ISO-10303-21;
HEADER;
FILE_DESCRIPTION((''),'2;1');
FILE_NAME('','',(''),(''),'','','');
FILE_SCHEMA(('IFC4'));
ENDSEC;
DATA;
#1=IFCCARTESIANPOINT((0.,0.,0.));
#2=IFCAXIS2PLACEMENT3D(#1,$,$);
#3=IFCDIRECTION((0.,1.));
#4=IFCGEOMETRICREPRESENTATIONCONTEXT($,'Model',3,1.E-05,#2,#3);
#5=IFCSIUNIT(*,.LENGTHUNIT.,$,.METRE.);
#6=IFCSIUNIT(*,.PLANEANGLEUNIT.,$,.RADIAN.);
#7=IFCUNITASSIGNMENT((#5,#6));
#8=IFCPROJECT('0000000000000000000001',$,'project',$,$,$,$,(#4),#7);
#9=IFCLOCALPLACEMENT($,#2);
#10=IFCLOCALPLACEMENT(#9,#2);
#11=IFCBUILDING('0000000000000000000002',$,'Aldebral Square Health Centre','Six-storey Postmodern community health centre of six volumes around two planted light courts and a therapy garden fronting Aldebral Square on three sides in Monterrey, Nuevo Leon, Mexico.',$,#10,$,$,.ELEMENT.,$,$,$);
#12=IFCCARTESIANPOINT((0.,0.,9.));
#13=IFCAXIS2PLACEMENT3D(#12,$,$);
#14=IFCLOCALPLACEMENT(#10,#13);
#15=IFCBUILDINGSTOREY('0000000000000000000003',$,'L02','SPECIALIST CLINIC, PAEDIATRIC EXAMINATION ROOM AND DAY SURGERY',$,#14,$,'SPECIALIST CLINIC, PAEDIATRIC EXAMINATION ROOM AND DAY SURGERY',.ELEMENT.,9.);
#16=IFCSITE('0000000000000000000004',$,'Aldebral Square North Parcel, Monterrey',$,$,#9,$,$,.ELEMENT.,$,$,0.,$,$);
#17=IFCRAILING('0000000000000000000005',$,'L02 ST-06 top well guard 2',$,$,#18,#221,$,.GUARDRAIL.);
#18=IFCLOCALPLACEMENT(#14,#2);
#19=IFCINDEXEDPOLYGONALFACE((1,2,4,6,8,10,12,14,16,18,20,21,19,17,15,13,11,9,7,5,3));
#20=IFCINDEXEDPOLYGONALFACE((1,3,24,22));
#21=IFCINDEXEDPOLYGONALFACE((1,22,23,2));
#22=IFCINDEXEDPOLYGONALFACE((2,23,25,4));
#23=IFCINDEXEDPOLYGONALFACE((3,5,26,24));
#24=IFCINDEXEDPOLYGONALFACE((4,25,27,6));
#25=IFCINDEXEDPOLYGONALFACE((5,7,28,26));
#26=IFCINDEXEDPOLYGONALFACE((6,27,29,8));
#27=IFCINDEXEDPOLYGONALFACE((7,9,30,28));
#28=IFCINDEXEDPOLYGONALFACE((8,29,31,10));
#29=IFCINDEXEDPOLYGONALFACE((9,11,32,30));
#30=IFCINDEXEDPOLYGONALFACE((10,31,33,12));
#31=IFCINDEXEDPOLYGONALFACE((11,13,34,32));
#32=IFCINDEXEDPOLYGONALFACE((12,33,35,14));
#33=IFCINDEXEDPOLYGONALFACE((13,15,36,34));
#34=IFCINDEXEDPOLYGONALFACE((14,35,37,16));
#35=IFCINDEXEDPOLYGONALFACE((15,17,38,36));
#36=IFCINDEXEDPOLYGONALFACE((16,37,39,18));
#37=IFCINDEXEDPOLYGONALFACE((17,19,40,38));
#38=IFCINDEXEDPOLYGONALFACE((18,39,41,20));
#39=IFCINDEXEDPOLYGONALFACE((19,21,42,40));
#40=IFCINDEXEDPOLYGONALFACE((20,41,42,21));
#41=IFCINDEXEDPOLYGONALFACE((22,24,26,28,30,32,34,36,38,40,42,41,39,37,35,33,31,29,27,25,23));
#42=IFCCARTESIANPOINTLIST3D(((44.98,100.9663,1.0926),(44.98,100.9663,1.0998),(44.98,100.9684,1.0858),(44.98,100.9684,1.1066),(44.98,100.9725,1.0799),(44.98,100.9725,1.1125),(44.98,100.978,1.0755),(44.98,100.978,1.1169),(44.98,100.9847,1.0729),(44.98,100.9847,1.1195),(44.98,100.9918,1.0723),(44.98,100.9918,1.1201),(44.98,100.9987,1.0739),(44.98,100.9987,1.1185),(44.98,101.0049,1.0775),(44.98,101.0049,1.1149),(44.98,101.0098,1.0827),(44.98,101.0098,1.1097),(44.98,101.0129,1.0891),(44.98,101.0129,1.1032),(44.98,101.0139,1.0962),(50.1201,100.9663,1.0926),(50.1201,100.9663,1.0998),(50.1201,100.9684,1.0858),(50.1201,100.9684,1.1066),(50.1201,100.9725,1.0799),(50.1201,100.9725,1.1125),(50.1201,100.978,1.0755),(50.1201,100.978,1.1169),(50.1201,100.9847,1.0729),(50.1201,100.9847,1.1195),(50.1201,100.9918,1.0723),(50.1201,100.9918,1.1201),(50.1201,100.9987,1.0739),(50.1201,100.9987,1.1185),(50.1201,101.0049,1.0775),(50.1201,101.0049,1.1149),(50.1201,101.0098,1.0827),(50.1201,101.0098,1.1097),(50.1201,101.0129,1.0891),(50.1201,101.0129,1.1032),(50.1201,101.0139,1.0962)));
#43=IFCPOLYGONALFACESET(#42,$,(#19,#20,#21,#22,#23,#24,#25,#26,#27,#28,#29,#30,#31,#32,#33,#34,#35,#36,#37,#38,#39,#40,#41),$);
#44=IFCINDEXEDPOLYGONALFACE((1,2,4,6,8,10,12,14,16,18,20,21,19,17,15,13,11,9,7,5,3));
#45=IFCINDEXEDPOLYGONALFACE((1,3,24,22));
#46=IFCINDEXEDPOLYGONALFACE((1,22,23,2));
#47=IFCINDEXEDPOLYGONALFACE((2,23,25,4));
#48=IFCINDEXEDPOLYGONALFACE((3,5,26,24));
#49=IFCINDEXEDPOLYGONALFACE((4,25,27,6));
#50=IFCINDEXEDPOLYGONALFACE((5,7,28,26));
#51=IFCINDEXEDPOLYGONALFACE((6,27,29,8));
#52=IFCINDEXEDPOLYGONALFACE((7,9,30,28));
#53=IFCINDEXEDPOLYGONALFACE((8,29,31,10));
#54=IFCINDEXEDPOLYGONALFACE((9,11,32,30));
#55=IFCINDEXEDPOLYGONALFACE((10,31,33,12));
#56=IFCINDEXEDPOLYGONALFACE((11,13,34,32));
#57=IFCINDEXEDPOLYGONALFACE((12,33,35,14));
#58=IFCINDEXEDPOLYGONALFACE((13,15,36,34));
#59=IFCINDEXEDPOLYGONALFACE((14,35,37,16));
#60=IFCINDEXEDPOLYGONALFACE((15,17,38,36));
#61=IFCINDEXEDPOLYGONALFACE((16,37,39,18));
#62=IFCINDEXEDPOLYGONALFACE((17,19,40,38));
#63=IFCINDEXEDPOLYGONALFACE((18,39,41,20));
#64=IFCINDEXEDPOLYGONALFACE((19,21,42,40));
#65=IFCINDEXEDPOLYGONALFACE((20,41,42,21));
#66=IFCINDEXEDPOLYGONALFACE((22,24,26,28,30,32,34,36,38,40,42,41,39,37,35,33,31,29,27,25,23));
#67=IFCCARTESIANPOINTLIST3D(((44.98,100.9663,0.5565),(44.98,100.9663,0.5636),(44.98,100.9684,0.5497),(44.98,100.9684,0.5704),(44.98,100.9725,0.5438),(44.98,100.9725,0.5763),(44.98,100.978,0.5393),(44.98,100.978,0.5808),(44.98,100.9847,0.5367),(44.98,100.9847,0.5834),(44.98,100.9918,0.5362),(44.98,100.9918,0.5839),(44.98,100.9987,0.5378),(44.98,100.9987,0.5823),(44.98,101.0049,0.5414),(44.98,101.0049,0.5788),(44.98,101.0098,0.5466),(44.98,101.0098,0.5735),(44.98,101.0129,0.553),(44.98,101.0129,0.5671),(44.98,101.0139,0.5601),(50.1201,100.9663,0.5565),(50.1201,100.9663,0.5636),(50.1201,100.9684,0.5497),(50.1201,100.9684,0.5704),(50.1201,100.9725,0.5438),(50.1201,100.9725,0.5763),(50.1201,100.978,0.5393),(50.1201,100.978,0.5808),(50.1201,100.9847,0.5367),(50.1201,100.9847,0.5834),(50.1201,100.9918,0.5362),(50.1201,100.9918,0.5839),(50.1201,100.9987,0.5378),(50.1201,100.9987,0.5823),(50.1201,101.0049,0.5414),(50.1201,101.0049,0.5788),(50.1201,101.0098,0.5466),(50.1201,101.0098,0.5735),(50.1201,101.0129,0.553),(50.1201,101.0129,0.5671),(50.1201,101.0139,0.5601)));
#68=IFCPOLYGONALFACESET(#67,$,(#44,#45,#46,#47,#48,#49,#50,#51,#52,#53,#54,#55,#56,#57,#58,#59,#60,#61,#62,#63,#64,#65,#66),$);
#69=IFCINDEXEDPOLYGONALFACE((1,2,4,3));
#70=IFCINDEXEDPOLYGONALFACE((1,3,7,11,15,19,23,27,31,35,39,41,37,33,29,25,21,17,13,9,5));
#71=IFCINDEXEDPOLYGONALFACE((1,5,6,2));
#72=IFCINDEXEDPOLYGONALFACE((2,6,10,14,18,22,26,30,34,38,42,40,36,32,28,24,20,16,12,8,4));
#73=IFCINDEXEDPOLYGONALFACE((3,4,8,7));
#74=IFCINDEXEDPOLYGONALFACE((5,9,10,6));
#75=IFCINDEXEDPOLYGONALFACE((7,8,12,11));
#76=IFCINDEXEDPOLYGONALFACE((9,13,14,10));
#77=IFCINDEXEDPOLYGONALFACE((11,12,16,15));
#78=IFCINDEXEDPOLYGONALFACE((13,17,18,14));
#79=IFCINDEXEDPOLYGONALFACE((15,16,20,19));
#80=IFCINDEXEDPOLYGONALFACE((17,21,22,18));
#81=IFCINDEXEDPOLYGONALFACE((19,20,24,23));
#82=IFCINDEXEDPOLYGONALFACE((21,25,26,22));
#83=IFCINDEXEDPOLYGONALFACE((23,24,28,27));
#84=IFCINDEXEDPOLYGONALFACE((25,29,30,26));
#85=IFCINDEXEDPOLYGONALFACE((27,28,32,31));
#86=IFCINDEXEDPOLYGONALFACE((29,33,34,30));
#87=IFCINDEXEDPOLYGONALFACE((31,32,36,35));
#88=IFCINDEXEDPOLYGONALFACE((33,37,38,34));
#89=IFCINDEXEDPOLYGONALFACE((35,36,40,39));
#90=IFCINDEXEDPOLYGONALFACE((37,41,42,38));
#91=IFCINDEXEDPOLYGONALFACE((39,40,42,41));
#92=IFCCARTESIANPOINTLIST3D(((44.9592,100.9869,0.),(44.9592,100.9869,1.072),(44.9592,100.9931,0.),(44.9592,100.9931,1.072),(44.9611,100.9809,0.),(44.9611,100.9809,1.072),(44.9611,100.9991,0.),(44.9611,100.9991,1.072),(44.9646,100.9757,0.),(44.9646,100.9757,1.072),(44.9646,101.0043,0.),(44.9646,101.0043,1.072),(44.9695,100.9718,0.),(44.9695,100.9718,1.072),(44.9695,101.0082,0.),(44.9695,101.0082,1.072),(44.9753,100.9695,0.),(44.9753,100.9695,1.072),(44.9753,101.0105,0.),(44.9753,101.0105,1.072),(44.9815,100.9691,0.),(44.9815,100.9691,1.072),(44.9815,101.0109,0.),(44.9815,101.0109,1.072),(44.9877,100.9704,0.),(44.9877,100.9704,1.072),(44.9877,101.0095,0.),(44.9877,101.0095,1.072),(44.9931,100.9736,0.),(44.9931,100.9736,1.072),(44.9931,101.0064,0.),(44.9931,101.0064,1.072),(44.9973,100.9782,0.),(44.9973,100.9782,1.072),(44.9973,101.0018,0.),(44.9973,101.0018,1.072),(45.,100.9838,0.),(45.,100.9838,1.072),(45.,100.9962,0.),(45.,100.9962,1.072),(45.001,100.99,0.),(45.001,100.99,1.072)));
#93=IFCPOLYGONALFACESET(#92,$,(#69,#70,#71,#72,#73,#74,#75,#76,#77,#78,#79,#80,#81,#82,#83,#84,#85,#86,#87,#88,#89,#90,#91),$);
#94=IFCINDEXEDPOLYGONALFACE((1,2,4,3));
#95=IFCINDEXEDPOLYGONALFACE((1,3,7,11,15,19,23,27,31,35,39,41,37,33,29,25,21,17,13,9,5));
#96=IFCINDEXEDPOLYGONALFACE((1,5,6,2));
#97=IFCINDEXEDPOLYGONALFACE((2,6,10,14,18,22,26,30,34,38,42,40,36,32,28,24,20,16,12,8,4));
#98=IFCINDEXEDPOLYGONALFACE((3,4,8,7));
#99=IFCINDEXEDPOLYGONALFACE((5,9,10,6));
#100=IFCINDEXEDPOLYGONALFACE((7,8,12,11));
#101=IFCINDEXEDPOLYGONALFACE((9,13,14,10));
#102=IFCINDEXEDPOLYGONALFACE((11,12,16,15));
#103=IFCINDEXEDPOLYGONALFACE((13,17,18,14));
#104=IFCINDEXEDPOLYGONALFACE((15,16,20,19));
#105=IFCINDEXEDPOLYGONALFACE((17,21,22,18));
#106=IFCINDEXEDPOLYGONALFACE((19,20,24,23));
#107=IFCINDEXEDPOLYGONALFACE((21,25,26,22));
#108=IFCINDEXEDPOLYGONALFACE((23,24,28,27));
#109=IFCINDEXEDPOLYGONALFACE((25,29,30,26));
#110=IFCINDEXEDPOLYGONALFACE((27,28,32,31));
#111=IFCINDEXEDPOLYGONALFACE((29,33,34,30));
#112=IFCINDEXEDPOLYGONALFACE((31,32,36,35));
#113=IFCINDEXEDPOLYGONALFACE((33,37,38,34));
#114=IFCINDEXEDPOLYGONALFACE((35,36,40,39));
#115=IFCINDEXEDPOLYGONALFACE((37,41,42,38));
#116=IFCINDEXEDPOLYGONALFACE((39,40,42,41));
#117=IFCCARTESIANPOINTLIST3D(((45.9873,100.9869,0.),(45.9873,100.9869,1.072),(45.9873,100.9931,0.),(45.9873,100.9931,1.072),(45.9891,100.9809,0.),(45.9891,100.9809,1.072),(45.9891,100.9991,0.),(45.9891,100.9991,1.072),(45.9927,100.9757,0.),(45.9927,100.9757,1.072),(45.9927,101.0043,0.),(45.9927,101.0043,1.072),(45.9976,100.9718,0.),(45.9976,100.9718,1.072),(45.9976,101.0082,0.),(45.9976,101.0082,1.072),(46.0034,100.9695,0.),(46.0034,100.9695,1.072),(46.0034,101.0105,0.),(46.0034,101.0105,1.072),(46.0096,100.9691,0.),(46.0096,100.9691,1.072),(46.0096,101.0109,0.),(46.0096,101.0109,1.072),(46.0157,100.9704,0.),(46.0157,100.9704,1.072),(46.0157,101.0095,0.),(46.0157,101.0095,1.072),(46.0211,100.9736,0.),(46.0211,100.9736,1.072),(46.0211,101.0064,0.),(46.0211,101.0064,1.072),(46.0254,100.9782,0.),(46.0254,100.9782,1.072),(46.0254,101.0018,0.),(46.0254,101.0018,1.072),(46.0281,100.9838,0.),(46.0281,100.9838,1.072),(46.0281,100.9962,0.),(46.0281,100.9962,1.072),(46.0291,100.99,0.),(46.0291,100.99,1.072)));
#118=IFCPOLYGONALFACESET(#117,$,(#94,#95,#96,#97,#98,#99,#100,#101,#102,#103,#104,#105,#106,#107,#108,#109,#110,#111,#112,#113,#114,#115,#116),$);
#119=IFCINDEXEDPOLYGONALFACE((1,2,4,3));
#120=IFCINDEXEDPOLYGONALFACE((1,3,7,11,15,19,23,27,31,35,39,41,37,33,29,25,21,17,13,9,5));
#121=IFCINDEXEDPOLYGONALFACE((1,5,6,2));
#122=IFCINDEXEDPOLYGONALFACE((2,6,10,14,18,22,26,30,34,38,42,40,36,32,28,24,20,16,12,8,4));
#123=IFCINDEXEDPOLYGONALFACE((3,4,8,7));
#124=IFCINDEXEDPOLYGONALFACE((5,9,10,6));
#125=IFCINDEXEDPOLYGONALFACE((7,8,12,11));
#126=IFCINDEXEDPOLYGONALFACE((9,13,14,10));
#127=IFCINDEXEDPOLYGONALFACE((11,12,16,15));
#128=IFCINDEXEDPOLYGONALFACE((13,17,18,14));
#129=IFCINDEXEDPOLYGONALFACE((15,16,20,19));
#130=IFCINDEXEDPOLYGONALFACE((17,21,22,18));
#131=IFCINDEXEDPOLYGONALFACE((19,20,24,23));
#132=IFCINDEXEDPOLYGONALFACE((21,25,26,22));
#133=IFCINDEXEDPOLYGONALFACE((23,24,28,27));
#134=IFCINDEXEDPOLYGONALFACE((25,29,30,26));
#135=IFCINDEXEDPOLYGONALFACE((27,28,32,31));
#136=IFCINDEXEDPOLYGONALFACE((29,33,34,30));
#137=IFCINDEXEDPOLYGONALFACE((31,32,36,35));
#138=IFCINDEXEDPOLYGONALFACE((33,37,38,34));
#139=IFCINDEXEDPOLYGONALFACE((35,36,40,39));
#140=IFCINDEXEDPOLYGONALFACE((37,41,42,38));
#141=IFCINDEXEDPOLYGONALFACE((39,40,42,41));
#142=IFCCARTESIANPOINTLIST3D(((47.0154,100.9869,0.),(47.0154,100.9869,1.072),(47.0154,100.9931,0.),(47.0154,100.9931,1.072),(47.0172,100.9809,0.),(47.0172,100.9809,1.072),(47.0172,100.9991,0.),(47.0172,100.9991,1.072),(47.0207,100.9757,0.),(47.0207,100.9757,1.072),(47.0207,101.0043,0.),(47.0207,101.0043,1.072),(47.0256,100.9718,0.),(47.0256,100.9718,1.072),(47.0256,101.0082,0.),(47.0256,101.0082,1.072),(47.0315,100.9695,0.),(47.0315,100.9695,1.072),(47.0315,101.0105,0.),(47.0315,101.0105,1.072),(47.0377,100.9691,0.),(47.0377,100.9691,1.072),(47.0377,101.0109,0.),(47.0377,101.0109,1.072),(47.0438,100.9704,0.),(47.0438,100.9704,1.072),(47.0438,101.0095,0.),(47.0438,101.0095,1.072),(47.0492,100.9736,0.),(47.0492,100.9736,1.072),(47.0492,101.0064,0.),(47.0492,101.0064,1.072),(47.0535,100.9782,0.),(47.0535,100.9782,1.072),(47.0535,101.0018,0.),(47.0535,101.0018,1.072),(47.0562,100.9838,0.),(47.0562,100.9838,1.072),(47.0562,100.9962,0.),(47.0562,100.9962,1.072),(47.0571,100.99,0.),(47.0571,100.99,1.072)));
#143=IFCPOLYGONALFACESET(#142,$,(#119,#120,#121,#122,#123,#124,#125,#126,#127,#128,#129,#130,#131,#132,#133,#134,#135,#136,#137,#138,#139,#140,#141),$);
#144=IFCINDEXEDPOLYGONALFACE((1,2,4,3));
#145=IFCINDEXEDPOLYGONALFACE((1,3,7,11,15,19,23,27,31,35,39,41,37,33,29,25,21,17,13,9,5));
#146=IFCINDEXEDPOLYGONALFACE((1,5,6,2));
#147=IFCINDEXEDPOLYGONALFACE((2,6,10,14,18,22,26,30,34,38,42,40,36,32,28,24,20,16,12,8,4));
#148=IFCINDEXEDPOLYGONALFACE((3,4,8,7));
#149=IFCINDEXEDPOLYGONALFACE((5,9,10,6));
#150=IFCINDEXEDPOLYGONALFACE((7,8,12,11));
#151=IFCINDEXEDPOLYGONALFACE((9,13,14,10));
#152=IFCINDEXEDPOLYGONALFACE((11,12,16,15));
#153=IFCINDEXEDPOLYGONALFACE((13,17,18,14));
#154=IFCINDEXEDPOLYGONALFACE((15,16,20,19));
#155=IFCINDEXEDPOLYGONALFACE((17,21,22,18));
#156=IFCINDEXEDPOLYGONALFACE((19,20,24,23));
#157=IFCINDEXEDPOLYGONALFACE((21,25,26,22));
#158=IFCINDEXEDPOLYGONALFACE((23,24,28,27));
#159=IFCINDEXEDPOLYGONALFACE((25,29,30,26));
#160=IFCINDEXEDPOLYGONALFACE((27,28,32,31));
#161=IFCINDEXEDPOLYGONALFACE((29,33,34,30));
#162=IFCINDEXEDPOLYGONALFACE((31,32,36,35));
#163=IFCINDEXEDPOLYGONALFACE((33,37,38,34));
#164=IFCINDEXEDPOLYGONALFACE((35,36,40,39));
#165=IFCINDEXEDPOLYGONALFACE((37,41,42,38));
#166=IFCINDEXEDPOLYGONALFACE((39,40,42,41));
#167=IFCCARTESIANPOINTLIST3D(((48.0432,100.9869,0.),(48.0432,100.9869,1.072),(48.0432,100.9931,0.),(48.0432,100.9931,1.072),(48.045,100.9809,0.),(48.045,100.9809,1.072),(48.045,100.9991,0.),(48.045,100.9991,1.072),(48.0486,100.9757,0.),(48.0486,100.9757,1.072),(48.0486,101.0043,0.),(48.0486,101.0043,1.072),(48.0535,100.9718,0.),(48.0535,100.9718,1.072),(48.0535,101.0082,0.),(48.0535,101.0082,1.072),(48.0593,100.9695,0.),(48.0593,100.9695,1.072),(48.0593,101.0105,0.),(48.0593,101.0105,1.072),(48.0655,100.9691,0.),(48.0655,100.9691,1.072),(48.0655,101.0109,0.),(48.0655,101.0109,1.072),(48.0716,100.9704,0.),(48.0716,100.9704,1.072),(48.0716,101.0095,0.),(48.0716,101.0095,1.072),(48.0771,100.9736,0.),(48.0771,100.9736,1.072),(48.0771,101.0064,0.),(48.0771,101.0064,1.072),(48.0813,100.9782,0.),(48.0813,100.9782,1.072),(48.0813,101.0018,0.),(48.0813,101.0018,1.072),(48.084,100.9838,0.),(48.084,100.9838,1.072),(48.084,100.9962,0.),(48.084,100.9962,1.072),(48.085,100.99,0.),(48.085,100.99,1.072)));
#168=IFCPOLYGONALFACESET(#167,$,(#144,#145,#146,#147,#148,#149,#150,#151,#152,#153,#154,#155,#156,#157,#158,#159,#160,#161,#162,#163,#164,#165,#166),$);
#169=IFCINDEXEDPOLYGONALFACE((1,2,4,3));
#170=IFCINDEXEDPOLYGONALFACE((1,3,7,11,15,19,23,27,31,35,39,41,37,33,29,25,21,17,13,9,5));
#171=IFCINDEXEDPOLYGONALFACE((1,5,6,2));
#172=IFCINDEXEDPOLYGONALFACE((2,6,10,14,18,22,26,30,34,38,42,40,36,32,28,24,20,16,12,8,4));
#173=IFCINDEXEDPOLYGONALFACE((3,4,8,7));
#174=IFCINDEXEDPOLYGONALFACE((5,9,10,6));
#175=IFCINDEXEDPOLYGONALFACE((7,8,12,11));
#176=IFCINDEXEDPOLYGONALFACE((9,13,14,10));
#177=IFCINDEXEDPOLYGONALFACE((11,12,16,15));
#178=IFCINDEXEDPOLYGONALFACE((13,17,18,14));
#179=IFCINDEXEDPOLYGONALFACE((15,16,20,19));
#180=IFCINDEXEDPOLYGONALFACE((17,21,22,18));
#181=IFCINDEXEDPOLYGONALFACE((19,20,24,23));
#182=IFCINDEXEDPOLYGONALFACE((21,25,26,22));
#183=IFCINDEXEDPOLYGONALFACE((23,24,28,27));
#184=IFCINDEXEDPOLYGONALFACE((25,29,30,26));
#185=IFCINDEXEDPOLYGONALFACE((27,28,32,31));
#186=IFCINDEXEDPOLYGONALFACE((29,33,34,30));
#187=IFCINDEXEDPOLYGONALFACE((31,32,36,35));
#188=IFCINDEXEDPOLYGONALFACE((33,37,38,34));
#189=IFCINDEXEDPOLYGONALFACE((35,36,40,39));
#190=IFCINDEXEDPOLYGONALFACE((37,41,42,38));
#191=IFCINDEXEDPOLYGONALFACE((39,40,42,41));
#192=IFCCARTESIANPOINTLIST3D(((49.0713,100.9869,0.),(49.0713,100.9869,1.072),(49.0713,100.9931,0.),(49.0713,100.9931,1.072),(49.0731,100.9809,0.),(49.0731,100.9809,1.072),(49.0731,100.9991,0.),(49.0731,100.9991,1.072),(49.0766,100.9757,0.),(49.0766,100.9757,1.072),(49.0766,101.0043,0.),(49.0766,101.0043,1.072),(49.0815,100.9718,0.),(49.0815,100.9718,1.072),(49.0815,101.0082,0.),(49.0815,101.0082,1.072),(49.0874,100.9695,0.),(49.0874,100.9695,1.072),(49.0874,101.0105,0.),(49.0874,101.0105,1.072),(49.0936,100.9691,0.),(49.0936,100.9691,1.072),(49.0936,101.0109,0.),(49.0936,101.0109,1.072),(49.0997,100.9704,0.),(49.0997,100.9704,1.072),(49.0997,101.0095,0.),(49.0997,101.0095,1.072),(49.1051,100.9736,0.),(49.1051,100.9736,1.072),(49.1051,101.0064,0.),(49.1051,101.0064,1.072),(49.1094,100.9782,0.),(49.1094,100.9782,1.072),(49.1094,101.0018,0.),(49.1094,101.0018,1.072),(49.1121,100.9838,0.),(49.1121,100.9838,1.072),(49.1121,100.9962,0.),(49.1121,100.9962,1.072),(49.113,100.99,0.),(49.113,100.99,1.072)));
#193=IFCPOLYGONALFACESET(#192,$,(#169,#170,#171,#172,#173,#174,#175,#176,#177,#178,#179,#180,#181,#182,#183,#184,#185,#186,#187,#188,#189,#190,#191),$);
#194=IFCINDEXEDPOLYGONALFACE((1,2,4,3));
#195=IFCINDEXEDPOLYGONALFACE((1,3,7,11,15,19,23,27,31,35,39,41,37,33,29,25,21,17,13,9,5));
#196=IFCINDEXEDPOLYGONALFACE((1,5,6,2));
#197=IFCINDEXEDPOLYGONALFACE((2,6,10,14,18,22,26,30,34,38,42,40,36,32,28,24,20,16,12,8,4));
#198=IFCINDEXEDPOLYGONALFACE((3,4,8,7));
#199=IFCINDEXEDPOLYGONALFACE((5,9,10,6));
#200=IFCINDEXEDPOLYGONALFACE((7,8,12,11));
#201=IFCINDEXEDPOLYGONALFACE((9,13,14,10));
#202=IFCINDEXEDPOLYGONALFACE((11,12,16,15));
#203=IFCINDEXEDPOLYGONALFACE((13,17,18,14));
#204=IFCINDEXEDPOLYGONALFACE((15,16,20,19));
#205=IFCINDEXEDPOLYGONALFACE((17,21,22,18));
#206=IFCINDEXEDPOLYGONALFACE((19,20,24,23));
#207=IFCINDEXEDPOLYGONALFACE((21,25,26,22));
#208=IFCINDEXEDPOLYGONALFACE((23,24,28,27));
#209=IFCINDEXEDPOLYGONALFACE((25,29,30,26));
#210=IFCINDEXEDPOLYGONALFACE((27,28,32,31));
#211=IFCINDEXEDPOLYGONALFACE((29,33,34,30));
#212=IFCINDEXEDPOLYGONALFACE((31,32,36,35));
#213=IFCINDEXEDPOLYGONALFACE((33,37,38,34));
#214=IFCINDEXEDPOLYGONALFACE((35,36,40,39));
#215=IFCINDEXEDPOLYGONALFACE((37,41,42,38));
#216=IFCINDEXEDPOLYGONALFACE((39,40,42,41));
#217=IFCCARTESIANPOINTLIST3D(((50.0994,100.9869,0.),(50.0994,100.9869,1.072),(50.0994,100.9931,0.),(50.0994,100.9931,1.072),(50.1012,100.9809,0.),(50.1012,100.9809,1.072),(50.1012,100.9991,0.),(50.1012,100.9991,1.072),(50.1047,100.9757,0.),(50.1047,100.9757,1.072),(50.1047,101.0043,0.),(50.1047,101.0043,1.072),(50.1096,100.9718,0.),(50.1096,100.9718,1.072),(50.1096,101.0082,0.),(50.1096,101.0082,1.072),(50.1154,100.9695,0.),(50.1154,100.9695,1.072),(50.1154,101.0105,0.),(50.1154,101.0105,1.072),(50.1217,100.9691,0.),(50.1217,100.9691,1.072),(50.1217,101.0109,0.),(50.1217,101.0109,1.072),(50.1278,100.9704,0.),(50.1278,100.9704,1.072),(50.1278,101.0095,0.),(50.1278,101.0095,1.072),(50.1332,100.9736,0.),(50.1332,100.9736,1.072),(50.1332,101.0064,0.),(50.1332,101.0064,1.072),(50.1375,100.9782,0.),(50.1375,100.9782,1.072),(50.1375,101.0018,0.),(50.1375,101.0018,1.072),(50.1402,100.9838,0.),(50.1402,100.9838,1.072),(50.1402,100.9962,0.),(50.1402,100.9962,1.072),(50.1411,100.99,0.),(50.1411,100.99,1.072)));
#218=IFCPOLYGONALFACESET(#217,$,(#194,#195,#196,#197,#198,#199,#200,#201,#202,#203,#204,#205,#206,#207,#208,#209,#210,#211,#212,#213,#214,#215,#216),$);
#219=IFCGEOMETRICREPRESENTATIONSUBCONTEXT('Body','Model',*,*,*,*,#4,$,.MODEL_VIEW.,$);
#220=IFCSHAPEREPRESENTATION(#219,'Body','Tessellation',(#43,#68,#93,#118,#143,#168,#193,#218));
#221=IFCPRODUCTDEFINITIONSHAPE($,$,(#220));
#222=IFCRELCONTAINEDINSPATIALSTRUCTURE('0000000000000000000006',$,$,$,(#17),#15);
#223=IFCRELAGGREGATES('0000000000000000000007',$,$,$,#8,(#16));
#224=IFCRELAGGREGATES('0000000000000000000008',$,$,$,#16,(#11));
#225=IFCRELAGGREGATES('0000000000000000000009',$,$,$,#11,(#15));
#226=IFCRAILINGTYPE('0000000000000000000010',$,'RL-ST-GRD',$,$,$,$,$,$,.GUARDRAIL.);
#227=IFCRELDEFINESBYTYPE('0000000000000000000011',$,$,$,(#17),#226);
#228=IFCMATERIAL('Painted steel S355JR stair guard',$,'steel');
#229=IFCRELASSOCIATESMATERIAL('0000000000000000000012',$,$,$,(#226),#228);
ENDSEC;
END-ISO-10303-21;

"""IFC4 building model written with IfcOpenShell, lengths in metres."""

from ifc_helpers import new_model, si_unit, direction, frame, origin, origin_2d, place, context, subcontext, project, spatial, circle, extrude, material, type_object, element, save


model = new_model("IFC4")

# Units and contexts
model_context = context("Model", 3, precision=1e-05, world=origin(), true_north=direction((0.0, 1.0)))
body_context = subcontext(model_context, "Body", "Model", "MODEL_VIEW")
ifc_project = project(units=[si_unit("LENGTHUNIT", "METRE"), si_unit("PLANEANGLEUNIT", "RADIAN")], contexts=[model_context])

# Site, building, storey
site_placement = place(None, origin())
site = spatial("IfcSite", under=ifc_project, at=site_placement, Name="Aldebral Square North Parcel, Monterrey", CompositionType="ELEMENT", RefElevation=0.0)
building_placement = place(site_placement, origin())
building = spatial("IfcBuilding", under=site, at=building_placement, Name="Aldebral Square Health Centre", Description="Six-storey Postmodern community health centre of six volumes around two planted light courts and a therapy garden fronting Aldebral Square on three sides in Monterrey, Nuevo Leon, Mexico.", CompositionType="ELEMENT")
storey_placement = place(building_placement, frame((0.0, 0.0, 9.0)))
storey = spatial("IfcBuildingStorey", under=building, at=storey_placement, Name="L02", Description="SPECIALIST CLINIC, PAEDIATRIC EXAMINATION ROOM AND DAY SURGERY", LongName="SPECIALIST CLINIC, PAEDIATRIC EXAMINATION ROOM AND DAY SURGERY", CompositionType="ELEMENT", Elevation=9.0)

# Railing
ifc_material_1 = material(Name="Painted steel S355JR stair guard", Category="steel")
railing_type = type_object("IfcRailingType", Name="RL-ST-GRD", PredefinedType="GUARDRAIL", material=ifc_material_1)
railing_1_placement = place(storey_placement, frame((44.98, 100.99, 0.0)))
element("IfcRailing", 1, at=railing_1_placement, inside=storey, type_object=railing_type, Name="L02 ST-06 top well guard 2", PredefinedType="GUARDRAIL", context=body_context, shape_type="SweptSolid", body=[
    extrude(circle(Radius=0.0239, at=origin_2d()), frame((0.0, 0.0, 1.0962), z_axis=(1.0, 0.0, 0.0), x_axis=(0.0, 1.0, 0.0)), (0.0, 0.0, 1.0), 5.1401),
    extrude(circle(Radius=0.0239, at=origin_2d()), frame((0.0, 0.0, 0.5601), z_axis=(1.0, 0.0, 0.0), x_axis=(0.0, 1.0, 0.0)), (0.0, 0.0, 1.0), 5.1401),
    extrude(circle(Radius=0.021, at=origin_2d()), origin(), (0.0, 0.0, 1.0), 1.072),
    extrude(circle(Radius=0.021, at=origin_2d()), frame((1.0281, 0.0, 0.0)), (0.0, 0.0, 1.0), 1.072),
    extrude(circle(Radius=0.021, at=origin_2d()), frame((2.0562, 0.0, 0.0)), (0.0, 0.0, 1.0), 1.072),
    extrude(circle(Radius=0.021, at=origin_2d()), frame((3.084, 0.0, 0.0)), (0.0, 0.0, 1.0), 1.072),
    extrude(circle(Radius=0.021, at=origin_2d()), frame((4.1121, 0.0, 0.0)), (0.0, 0.0, 1.0), 1.072),
    extrude(circle(Radius=0.021, at=origin_2d()), frame((5.1401, 0.0, 0.0)), (0.0, 0.0, 1.0), 1.072),
])

save(model, "model.ifc")
